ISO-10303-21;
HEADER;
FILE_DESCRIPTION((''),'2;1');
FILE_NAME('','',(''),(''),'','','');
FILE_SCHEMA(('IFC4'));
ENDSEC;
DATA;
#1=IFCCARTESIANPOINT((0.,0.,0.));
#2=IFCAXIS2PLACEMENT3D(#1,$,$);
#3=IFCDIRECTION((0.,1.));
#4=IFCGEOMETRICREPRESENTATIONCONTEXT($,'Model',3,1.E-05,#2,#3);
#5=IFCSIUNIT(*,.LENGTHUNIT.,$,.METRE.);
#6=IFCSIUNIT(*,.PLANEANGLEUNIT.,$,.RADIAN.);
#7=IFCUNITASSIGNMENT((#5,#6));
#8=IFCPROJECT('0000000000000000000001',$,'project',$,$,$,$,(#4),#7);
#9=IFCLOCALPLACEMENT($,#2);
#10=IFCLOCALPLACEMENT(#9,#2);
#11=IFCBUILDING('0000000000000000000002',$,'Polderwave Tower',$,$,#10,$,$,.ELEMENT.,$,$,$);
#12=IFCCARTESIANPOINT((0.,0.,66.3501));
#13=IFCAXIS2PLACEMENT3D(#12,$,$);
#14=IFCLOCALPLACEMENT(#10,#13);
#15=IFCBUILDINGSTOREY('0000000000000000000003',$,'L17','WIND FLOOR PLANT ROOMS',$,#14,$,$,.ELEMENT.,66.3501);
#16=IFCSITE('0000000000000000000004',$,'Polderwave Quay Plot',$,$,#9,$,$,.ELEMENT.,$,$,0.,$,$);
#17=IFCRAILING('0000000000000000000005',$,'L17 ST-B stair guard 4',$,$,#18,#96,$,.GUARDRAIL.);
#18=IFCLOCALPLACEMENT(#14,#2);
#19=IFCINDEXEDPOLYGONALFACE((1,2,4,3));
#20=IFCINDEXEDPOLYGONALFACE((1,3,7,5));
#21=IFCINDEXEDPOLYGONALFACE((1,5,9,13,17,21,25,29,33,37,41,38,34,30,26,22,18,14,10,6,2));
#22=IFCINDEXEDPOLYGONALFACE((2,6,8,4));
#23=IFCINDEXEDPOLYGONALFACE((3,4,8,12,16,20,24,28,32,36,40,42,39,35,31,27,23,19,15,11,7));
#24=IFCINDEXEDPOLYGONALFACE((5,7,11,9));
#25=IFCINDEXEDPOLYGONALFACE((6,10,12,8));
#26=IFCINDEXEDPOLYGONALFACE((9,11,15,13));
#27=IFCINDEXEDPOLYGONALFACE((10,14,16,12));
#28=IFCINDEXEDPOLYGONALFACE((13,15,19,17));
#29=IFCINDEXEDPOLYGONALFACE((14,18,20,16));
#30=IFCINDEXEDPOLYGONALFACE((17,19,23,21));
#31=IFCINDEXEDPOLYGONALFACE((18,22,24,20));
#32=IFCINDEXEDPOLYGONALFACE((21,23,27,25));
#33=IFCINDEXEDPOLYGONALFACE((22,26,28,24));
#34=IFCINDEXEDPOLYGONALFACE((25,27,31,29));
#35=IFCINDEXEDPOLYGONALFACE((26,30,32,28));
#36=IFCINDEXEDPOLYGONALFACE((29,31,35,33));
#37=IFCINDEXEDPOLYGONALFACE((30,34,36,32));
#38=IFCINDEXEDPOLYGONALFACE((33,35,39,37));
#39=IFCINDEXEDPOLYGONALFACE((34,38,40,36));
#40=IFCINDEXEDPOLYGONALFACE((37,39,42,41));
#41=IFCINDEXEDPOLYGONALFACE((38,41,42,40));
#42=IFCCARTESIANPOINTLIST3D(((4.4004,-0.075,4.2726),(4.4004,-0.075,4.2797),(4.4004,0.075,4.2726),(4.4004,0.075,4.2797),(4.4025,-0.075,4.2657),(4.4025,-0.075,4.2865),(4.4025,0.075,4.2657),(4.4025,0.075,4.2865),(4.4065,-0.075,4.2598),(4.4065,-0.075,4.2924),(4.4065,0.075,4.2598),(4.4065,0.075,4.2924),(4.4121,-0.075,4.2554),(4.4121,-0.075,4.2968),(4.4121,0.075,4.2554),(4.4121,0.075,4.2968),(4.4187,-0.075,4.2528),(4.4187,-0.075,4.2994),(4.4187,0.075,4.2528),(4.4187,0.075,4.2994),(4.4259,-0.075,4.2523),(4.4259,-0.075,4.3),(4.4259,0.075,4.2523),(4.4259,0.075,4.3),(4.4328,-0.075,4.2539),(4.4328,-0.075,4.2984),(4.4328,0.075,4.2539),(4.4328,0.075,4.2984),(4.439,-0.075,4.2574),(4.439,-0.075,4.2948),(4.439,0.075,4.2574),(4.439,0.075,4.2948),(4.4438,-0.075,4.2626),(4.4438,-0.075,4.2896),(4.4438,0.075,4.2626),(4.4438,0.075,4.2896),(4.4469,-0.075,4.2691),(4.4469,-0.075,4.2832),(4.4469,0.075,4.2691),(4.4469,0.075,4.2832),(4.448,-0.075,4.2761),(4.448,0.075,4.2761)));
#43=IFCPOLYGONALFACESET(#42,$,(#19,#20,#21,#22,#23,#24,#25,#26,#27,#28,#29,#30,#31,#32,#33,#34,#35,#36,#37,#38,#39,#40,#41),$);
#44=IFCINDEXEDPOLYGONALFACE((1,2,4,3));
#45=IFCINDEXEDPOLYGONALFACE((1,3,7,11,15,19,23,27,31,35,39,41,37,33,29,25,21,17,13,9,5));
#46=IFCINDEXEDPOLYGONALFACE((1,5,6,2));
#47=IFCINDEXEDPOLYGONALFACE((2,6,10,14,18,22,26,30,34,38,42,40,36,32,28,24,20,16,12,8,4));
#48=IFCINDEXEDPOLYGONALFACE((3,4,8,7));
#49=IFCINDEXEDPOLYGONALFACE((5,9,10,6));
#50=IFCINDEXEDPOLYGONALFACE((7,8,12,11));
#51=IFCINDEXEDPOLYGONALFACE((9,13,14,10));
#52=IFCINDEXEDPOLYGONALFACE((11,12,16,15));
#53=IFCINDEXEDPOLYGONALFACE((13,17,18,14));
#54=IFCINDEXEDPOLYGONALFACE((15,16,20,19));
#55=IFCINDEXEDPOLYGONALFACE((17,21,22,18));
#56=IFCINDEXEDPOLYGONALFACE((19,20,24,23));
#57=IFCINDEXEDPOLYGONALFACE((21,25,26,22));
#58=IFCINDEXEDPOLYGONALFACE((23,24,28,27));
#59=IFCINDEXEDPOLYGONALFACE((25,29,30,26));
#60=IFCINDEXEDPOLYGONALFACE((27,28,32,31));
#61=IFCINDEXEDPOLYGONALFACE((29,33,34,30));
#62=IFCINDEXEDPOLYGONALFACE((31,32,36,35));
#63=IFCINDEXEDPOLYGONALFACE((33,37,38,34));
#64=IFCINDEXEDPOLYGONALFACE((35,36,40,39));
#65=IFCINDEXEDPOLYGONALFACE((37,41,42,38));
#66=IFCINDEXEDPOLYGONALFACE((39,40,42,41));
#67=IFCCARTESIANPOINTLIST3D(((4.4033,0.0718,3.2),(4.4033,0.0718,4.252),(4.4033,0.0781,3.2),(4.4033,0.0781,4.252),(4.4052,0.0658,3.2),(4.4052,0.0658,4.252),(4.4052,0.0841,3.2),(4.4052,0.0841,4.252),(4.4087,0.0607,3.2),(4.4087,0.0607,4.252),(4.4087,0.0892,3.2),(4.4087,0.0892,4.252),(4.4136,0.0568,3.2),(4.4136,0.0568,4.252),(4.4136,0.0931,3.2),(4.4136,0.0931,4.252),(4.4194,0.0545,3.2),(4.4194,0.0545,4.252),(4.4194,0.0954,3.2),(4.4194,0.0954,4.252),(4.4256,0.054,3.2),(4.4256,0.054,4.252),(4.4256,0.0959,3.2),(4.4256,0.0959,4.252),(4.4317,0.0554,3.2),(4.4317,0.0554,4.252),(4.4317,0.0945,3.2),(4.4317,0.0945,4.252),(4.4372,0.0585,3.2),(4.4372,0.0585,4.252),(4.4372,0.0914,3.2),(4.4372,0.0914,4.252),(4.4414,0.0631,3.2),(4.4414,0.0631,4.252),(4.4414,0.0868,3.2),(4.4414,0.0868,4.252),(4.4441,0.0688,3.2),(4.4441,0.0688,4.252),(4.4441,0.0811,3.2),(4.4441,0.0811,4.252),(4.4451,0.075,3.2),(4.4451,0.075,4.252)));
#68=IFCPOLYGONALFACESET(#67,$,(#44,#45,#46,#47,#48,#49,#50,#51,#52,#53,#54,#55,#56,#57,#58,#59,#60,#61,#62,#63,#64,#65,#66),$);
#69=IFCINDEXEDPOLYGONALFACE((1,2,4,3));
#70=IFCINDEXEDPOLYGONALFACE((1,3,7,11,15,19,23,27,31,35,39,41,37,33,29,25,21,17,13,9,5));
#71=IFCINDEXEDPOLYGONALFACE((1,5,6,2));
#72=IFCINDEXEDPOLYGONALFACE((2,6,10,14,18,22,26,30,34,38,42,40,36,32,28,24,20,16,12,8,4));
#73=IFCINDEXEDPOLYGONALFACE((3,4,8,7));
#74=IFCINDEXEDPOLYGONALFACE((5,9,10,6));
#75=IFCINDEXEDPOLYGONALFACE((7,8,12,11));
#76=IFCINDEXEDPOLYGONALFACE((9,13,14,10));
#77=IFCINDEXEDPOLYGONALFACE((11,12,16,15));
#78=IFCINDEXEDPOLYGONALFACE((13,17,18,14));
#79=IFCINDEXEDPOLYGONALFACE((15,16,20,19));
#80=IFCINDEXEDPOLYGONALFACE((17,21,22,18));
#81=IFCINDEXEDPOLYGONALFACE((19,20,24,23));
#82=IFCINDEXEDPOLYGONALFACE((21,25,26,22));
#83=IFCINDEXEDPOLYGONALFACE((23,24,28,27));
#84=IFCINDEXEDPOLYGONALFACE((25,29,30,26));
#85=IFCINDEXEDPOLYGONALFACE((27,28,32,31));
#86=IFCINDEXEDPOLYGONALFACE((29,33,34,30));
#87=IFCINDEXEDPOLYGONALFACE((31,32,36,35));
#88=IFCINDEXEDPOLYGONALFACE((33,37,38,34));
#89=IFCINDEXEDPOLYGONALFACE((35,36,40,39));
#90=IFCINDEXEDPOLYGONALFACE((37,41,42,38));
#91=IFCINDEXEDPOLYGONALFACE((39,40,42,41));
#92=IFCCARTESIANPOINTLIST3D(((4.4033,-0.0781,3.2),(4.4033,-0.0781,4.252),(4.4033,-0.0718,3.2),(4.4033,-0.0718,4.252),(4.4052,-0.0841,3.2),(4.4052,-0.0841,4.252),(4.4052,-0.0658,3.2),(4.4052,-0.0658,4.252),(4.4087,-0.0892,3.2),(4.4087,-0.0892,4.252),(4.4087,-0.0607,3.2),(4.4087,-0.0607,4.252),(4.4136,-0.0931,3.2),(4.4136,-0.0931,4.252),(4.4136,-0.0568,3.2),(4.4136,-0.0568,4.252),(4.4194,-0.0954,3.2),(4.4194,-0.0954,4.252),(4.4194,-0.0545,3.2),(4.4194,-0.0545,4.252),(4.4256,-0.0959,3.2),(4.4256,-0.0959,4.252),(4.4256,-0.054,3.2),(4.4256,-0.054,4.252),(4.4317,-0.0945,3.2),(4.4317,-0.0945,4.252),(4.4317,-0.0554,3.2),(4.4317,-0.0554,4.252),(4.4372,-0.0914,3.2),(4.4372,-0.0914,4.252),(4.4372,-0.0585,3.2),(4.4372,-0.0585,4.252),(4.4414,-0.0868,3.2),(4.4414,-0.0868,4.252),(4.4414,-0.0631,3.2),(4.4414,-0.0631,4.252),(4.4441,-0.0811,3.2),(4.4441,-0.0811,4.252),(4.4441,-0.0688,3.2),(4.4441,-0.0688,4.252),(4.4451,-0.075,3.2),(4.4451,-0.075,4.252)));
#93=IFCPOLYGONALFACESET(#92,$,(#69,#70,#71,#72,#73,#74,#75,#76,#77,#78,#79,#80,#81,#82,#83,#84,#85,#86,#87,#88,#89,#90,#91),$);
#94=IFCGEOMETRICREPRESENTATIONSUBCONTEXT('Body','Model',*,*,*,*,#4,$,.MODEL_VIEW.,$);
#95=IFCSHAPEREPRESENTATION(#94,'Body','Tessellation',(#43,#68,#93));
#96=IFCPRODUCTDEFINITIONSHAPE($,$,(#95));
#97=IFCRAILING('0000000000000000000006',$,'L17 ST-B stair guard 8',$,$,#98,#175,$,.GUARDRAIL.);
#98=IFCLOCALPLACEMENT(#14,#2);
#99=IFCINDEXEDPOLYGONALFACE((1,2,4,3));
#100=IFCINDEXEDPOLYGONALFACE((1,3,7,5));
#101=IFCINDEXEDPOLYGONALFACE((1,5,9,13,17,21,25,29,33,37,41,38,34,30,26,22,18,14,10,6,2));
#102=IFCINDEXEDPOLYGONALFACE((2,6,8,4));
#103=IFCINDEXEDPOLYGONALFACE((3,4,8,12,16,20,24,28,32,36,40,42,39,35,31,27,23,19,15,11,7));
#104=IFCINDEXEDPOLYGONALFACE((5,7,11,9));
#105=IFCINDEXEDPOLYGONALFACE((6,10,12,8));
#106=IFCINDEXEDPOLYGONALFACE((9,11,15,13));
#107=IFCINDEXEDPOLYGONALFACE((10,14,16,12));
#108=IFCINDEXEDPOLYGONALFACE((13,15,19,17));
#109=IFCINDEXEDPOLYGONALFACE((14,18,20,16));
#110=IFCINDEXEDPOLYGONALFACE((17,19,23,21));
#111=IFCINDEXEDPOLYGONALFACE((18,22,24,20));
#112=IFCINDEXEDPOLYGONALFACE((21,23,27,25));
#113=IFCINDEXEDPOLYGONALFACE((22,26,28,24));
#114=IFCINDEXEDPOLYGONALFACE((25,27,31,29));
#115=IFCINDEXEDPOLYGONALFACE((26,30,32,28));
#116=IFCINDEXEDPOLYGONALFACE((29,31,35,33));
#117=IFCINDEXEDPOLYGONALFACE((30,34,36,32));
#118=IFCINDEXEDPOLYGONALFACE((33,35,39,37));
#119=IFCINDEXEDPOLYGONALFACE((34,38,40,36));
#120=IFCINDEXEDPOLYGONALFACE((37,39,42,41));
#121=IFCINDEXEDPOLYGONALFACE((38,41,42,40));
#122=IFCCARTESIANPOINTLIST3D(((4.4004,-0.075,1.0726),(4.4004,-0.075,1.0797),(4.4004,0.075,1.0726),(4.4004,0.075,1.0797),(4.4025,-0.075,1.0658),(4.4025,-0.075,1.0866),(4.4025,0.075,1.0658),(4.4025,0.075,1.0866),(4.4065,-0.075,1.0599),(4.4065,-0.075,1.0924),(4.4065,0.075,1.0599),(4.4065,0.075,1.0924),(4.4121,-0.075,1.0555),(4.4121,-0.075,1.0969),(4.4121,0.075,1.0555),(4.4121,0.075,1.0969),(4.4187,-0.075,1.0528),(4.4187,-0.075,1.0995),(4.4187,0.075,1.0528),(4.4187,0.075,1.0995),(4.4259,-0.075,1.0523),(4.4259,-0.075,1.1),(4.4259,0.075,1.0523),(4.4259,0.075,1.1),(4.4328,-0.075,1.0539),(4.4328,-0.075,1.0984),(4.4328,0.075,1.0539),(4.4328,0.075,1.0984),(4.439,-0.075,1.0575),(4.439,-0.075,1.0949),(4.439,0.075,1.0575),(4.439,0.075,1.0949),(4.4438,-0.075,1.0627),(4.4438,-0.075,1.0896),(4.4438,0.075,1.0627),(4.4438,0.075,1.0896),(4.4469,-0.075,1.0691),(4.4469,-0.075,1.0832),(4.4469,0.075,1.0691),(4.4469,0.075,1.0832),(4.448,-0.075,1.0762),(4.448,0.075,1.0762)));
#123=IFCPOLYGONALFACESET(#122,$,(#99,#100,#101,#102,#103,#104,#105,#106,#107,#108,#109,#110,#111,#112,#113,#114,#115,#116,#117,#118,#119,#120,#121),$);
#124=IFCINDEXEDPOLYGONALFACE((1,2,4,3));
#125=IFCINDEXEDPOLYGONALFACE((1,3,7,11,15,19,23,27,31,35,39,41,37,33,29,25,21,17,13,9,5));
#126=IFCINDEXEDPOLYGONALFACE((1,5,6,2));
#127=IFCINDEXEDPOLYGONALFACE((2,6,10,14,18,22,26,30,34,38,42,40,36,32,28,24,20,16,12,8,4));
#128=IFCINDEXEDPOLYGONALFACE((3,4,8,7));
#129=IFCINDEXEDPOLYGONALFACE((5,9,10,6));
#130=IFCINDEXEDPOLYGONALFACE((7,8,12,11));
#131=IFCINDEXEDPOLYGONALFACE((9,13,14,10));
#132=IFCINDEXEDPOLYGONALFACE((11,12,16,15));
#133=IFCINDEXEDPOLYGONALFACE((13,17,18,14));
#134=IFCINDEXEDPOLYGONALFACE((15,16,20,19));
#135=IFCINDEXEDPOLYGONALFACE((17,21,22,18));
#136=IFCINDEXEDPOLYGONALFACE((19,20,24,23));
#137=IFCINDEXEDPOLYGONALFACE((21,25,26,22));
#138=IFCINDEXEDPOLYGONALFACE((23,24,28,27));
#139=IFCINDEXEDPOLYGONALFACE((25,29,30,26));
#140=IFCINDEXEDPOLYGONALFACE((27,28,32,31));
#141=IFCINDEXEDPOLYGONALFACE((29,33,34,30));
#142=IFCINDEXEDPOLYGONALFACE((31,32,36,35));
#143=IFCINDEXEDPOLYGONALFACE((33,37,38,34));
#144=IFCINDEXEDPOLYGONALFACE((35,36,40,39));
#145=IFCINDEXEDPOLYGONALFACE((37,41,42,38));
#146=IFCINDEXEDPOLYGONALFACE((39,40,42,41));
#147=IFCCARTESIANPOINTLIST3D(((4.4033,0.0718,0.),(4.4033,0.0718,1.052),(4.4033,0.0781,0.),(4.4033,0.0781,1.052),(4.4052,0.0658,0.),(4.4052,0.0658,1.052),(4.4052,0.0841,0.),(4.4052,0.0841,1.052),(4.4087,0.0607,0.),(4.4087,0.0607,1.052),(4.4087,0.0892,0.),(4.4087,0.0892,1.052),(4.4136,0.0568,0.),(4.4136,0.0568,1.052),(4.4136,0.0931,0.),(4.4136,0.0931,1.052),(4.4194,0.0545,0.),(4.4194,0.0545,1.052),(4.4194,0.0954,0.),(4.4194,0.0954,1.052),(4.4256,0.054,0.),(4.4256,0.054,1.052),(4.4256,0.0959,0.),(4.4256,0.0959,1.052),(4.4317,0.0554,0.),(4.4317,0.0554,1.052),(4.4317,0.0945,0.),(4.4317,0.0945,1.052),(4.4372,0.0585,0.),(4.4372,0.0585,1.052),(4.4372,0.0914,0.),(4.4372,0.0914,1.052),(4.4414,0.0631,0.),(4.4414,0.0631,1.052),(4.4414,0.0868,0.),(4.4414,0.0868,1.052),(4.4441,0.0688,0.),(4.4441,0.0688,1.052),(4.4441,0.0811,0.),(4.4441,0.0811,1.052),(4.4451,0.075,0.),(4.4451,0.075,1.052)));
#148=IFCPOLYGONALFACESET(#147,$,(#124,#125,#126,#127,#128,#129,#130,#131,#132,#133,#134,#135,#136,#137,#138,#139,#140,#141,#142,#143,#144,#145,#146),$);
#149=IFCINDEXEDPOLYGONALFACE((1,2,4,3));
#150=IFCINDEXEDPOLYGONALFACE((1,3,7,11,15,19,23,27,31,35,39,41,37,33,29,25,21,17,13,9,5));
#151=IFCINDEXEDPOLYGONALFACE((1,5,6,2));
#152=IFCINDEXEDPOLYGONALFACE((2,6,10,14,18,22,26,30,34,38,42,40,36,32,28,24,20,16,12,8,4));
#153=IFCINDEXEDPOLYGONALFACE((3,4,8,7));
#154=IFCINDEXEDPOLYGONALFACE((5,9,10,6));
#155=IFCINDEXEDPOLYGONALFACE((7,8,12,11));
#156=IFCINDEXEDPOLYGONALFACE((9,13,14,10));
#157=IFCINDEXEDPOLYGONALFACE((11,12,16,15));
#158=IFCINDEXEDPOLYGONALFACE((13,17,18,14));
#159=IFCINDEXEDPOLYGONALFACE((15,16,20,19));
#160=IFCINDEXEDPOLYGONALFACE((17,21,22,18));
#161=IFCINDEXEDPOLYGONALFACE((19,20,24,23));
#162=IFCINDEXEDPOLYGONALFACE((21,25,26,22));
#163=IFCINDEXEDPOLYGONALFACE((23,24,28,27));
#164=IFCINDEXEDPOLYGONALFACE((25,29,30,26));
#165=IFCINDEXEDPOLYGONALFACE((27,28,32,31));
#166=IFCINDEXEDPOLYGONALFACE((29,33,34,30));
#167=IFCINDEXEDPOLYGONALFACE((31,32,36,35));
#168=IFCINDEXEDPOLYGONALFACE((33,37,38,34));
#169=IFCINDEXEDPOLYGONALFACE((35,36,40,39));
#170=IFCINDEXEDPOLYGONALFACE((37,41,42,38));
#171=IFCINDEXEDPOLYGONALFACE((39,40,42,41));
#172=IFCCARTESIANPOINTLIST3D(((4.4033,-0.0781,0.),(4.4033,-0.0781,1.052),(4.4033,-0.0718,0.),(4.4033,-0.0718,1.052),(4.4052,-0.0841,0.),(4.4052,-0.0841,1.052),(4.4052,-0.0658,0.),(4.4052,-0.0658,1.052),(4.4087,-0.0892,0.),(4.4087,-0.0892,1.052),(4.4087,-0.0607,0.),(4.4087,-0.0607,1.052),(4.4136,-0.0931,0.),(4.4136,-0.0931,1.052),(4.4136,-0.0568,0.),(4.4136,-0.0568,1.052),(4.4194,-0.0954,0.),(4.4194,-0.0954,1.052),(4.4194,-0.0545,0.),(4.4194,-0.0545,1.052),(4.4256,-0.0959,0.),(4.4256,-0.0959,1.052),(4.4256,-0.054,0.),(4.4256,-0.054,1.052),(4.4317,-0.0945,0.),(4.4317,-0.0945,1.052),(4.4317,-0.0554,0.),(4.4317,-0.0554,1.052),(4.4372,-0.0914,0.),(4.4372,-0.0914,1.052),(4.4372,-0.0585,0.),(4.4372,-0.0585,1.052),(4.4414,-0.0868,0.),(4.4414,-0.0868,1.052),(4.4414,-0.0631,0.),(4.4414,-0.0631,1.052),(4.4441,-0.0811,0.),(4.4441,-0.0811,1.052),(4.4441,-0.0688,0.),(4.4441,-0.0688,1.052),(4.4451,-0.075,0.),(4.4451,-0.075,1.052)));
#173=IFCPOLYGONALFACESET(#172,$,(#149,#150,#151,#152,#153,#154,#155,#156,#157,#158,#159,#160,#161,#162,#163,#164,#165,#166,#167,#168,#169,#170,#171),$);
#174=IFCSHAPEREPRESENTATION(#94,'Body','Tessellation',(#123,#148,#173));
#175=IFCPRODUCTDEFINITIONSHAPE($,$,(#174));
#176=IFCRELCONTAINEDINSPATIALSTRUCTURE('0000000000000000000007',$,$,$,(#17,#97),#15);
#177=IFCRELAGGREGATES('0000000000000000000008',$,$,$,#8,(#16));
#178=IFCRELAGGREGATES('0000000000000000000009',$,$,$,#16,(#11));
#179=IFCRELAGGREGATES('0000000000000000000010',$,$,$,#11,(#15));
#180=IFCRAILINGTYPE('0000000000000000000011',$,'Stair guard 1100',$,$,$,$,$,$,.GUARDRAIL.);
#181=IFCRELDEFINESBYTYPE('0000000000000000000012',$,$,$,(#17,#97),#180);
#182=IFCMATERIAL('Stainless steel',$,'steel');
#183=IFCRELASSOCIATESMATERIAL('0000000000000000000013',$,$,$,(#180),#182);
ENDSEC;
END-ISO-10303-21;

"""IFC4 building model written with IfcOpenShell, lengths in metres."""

from ifc_helpers import new_model, si_unit, direction, frame, origin, origin_2d, place, context, subcontext, project, spatial, circle, extrude, material, type_object, element, save


model = new_model("IFC4")

# Units and contexts
model_context = context("Model", 3, precision=1e-05, world=origin(), true_north=direction((0.0, 1.0)))
body_context = subcontext(model_context, "Body", "Model", "MODEL_VIEW")
ifc_project = project(units=[si_unit("LENGTHUNIT", "METRE"), si_unit("PLANEANGLEUNIT", "RADIAN")], contexts=[model_context])

# Site, building, storey
site_placement = place(None, origin())
site = spatial("IfcSite", under=ifc_project, at=site_placement, Name="Polderwave Quay Plot", CompositionType="ELEMENT", RefElevation=0.0)
building_placement = place(site_placement, origin())
building = spatial("IfcBuilding", under=site, at=building_placement, Name="Polderwave Tower", CompositionType="ELEMENT")
storey_placement = place(building_placement, frame((0.0, 0.0, 66.3501)))
storey = spatial("IfcBuildingStorey", under=building, at=storey_placement, Name="L17", Description="WIND FLOOR PLANT ROOMS", CompositionType="ELEMENT", Elevation=66.3501)

# Railings
ifc_material_1 = material(Name="Stainless steel", Category="steel")
railing_type_1 = type_object("IfcRailingType", Name="Stair guard 1100", PredefinedType="GUARDRAIL", material=ifc_material_1)
for number, where, name in (
    (1, (4.4241, 0.075, 3.2), "L17 ST-B stair guard 4"),
    (2, (4.4241, 0.075, 0.0), "L17 ST-B stair guard 8"),
):
    element("IfcRailing", number, at=place(storey_placement, frame(where)), inside=storey, type_object=railing_type_1, Name=name, PredefinedType="GUARDRAIL", context=body_context, shape_type="SweptSolid", body=[
        extrude(circle(Radius=0.0239, at=origin_2d()), frame((0.0, 0.0, 1.0762), z_axis=(0.0, -1.0, 0.0), x_axis=(1.0, 0.0, 0.0)), (0.0, 0.0, 1.0), 0.1499),
        extrude(circle(Radius=0.021, at=origin_2d()), origin(), (0.0, 0.0, 1.0), 1.052),
        extrude(circle(Radius=0.021, at=origin_2d()), frame((0.0, -0.1499, 0.0)), (0.0, 0.0, 1.0), 1.052),
    ])

save(model, "model.ifc")
